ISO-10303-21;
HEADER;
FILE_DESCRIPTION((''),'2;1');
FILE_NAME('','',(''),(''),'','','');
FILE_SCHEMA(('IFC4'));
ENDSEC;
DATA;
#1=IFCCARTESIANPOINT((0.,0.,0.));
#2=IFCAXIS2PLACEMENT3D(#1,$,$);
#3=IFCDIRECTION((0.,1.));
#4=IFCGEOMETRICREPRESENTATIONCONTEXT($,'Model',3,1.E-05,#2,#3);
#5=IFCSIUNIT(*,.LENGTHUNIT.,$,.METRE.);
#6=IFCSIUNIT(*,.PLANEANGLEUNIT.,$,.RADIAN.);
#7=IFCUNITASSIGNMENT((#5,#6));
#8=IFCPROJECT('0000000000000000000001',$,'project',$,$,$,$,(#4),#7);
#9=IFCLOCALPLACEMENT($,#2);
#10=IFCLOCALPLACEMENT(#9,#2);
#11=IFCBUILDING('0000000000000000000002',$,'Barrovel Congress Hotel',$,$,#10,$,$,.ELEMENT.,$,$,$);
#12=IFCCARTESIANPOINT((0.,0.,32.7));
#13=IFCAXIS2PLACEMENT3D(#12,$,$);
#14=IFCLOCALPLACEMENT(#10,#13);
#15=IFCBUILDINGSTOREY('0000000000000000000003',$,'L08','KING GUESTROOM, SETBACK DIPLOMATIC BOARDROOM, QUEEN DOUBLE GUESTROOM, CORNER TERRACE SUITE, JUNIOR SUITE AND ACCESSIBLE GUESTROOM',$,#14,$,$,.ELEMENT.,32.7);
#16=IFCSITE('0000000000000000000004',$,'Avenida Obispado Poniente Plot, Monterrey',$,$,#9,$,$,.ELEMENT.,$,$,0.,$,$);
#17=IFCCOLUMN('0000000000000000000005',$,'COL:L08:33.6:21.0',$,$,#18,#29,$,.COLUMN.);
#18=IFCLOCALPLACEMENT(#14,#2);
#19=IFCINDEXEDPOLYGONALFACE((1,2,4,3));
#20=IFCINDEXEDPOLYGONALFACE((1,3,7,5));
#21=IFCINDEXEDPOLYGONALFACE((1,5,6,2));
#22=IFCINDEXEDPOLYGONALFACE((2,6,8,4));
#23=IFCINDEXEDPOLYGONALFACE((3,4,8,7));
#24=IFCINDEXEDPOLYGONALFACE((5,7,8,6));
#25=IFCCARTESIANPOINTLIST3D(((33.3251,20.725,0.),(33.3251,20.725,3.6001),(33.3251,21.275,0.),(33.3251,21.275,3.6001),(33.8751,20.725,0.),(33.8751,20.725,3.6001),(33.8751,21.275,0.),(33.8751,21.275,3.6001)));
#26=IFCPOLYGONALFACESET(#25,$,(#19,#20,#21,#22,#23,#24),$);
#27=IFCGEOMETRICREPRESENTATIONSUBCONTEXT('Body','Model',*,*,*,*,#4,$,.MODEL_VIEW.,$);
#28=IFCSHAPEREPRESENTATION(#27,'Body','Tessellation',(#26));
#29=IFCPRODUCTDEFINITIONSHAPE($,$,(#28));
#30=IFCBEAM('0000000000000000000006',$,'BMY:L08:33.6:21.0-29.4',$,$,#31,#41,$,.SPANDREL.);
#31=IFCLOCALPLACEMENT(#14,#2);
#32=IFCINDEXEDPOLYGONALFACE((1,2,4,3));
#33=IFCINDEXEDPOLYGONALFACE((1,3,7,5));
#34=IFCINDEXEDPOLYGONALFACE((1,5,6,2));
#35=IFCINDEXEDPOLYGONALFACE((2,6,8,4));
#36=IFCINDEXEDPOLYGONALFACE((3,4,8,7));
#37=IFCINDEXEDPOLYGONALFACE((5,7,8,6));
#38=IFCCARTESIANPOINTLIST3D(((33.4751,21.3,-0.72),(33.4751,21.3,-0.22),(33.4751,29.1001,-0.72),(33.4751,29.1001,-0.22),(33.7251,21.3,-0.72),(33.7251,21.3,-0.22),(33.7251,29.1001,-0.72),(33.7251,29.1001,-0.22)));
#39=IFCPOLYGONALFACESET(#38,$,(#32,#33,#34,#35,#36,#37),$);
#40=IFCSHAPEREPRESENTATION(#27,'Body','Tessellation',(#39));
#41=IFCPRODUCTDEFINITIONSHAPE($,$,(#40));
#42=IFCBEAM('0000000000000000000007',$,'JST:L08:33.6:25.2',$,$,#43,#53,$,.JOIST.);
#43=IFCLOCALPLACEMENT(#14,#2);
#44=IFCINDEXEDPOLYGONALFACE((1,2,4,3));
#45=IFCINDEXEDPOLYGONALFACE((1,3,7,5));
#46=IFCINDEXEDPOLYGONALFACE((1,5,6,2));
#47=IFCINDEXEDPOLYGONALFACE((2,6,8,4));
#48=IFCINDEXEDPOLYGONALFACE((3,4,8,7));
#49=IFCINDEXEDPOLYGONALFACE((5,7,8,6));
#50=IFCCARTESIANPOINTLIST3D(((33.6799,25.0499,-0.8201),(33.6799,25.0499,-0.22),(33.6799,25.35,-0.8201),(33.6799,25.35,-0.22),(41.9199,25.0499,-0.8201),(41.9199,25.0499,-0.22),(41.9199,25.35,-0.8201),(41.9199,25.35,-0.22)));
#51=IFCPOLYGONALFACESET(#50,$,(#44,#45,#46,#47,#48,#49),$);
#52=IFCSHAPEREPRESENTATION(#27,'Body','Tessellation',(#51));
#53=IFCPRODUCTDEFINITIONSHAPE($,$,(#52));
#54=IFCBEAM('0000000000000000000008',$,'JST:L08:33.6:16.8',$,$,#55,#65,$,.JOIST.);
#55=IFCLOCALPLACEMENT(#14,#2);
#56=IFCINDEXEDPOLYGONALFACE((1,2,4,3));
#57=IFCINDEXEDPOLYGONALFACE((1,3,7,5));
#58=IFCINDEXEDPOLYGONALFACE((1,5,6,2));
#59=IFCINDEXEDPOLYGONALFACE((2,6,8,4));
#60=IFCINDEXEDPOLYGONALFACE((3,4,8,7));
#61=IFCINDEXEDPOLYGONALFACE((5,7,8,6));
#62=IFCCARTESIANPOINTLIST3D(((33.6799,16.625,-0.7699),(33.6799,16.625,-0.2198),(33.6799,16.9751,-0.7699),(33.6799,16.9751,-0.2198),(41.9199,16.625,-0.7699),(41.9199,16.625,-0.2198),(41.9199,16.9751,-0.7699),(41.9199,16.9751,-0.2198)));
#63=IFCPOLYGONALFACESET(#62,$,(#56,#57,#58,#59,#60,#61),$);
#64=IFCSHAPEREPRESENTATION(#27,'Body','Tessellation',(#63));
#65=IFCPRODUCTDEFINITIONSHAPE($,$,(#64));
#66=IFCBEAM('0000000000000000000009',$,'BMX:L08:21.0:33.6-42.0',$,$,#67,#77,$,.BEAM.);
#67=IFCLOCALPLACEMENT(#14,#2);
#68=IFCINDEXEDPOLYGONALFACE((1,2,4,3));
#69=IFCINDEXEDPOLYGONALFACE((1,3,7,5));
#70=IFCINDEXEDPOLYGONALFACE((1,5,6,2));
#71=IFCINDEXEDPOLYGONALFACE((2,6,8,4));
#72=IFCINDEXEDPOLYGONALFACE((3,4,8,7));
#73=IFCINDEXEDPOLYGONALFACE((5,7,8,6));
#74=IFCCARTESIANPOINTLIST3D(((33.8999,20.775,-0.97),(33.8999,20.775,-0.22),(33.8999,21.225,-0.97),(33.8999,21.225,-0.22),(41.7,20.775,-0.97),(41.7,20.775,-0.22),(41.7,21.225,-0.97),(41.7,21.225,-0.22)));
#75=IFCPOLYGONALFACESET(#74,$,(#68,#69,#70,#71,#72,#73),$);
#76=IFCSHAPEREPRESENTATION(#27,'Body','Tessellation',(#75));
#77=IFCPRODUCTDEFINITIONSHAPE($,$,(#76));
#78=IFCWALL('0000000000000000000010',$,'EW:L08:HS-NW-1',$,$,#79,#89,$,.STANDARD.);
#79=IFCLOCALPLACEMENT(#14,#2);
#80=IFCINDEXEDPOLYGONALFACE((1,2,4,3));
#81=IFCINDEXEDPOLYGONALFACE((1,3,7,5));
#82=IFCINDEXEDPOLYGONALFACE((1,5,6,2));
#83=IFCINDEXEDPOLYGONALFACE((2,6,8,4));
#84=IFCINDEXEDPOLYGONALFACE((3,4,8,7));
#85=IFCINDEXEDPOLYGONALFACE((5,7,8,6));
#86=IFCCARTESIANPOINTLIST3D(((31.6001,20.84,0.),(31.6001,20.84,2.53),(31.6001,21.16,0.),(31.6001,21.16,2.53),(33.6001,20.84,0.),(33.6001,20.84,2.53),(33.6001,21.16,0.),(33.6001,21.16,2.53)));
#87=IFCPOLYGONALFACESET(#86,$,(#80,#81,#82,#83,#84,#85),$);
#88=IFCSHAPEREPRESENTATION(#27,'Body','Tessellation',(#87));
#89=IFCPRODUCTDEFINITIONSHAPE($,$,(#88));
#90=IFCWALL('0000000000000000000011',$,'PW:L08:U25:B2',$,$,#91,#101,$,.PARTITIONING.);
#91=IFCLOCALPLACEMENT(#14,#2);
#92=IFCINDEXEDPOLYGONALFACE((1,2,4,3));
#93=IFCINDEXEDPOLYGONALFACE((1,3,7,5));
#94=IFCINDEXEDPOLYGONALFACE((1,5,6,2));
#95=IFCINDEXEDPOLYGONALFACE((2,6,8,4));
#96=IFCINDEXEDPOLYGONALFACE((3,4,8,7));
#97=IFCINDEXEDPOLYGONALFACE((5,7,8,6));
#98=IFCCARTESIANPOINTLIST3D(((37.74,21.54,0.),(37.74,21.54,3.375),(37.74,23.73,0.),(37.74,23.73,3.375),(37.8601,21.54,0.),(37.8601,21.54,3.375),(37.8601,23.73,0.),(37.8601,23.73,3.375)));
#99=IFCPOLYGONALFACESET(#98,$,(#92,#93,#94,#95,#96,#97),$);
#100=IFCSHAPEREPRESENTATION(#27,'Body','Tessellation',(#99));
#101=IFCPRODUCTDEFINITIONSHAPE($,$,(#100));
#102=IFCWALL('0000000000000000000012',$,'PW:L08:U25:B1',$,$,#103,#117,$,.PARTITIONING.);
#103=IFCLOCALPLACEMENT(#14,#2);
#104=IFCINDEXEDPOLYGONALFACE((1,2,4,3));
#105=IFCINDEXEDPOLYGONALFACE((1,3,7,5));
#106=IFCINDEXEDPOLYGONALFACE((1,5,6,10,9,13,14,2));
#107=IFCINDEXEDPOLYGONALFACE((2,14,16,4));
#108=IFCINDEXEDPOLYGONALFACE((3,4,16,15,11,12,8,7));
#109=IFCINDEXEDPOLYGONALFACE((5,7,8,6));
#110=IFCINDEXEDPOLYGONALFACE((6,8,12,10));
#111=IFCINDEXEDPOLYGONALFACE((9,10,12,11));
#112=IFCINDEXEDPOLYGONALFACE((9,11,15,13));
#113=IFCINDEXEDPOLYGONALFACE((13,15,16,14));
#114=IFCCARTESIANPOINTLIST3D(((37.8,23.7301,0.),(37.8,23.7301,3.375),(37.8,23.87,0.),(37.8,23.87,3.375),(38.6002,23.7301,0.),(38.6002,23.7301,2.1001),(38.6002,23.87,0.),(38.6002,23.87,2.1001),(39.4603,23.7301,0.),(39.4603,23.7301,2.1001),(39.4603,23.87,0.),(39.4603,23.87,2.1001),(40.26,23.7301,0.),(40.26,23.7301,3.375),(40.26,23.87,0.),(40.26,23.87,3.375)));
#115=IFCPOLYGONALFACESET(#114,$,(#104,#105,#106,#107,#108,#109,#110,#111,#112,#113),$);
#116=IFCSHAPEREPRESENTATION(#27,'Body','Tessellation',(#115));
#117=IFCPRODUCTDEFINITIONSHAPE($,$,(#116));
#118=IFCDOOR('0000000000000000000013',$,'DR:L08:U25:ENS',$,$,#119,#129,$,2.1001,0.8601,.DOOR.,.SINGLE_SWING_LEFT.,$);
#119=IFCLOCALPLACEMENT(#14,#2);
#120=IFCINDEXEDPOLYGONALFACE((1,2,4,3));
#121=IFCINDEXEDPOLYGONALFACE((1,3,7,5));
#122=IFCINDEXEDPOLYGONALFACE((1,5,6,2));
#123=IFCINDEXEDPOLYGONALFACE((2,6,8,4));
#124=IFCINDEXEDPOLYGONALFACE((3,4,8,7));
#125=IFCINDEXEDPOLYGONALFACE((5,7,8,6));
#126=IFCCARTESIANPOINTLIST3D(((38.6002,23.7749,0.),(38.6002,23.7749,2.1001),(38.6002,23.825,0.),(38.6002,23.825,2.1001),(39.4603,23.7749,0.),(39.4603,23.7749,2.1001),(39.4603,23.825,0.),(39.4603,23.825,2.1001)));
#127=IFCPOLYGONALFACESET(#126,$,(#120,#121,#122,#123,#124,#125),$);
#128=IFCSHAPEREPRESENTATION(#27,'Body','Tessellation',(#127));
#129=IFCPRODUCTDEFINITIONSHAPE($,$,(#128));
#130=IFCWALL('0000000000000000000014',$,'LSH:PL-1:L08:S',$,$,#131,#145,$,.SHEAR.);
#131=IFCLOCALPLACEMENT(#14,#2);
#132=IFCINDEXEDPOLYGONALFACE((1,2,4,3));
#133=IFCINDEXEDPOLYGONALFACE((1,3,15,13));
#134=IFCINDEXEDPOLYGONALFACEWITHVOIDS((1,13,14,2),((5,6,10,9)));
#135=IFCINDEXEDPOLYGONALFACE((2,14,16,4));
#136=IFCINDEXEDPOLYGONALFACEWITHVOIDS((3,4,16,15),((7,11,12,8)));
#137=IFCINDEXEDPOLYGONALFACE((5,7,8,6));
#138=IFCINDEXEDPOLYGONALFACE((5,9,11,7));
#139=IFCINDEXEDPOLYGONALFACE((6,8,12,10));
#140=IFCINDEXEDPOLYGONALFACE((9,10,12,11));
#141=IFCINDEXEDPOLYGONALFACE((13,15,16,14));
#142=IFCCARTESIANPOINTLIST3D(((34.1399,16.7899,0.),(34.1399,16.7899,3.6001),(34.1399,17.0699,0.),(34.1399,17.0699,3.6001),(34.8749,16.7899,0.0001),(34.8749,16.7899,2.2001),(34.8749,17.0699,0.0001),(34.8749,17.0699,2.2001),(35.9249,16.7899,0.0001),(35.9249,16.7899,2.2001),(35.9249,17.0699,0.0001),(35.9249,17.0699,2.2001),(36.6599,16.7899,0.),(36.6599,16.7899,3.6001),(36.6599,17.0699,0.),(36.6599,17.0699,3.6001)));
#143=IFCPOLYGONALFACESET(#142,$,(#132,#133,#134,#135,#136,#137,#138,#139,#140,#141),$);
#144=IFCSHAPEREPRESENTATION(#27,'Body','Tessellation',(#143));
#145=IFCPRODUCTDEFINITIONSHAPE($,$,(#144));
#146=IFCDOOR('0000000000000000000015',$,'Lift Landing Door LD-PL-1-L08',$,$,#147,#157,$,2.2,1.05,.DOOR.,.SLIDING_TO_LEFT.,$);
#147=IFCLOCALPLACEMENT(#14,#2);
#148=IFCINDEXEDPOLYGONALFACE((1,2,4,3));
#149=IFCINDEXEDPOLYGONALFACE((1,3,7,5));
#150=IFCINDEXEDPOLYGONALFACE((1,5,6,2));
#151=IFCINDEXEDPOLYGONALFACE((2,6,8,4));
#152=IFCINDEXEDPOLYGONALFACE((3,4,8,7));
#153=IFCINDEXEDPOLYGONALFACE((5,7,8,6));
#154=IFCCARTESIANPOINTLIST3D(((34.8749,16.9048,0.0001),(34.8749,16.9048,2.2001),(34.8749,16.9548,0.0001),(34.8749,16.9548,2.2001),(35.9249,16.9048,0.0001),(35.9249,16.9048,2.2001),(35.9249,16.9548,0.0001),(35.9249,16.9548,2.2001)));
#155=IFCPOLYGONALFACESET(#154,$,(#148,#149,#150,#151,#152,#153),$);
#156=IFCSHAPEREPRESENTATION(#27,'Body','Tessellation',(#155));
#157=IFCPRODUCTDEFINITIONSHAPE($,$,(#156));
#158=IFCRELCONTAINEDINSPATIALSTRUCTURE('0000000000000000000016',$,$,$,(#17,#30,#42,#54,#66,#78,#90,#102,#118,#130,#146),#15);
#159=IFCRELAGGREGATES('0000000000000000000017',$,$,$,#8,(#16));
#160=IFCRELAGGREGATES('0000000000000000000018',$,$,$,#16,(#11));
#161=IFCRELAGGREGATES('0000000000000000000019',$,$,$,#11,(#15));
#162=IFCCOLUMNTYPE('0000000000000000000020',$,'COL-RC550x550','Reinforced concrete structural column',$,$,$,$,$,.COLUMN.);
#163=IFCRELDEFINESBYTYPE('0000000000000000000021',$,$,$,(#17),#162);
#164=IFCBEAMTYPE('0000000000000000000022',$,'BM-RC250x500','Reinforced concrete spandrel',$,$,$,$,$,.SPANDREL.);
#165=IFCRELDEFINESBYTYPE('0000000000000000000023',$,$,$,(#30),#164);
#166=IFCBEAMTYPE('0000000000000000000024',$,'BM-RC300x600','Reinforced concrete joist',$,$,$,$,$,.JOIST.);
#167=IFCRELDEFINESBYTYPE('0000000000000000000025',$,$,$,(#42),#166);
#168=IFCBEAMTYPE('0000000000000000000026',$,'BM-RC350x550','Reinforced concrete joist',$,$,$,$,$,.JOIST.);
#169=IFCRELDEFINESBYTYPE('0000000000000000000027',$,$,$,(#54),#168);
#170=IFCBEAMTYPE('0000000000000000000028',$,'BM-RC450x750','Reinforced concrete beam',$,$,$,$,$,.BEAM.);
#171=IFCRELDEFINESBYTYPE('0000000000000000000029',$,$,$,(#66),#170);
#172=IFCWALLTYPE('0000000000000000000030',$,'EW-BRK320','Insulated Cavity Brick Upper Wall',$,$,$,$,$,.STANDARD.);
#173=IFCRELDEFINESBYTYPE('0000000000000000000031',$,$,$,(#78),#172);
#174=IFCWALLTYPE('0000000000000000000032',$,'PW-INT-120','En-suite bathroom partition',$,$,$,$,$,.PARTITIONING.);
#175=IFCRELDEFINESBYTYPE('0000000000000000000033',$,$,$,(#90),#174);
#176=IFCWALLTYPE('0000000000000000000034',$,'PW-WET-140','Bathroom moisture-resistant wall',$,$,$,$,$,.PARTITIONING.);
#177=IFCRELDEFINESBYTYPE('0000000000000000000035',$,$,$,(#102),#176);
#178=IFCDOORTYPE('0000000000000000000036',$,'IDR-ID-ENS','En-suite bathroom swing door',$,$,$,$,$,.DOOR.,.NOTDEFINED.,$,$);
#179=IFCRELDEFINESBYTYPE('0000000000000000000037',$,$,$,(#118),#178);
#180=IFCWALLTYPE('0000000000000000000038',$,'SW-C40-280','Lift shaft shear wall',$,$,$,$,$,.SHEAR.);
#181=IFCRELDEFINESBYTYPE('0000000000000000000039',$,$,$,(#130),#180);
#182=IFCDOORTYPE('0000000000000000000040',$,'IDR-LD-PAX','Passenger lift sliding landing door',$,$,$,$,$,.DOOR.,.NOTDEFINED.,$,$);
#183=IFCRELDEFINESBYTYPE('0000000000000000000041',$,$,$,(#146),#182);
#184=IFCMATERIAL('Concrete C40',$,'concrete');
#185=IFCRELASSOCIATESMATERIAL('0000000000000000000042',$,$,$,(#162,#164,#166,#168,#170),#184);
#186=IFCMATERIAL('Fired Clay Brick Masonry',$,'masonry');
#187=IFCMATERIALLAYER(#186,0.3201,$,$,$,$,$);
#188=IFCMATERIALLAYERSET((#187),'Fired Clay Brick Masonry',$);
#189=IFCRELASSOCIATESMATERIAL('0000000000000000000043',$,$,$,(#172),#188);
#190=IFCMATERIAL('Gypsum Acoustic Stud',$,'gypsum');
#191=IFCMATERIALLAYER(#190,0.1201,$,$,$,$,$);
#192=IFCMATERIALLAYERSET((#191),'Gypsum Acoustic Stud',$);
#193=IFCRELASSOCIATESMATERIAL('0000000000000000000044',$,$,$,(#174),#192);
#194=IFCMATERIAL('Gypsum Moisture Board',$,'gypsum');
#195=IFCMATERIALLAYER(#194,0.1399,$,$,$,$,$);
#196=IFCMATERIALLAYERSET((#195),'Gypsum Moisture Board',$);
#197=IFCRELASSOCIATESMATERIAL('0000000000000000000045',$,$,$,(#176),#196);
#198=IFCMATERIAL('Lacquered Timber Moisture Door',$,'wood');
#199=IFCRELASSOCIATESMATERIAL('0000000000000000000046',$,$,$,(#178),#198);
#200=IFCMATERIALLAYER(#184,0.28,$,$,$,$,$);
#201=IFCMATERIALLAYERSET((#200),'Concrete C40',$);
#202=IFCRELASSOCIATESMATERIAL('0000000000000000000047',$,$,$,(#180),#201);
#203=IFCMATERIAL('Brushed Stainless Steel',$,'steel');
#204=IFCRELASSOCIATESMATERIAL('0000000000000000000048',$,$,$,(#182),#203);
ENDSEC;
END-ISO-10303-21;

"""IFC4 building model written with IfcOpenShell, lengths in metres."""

from ifc_helpers import new_model, si_unit, direction, frame, frame_2d, origin, origin_2d, place, context, subcontext, project, spatial, rectangle, extrude, material, layer, layer_set, material_profile, profile_set, type_object, element, fill, save


model = new_model("IFC4")

# Units and contexts
model_context = context("Model", 3, precision=1e-05, world=origin(), true_north=direction((0.0, 1.0)))
body_context = subcontext(model_context, "Body", "Model", "MODEL_VIEW")
ifc_project = project(units=[si_unit("LENGTHUNIT", "METRE"), si_unit("PLANEANGLEUNIT", "RADIAN")], contexts=[model_context])

# Site, building, storey
site_placement = place(None, origin())
site = spatial("IfcSite", under=ifc_project, at=site_placement, Name="Avenida Obispado Poniente Plot, Monterrey", CompositionType="ELEMENT", RefElevation=0.0)
building_placement = place(site_placement, origin())
building = spatial("IfcBuilding", under=site, at=building_placement, Name="Barrovel Congress Hotel", CompositionType="ELEMENT")
storey_placement = place(building_placement, frame((0.0, 0.0, 32.7)))
storey = spatial("IfcBuildingStorey", under=building, at=storey_placement, Name="L08", Description="KING GUESTROOM, SETBACK DIPLOMATIC BOARDROOM, QUEEN DOUBLE GUESTROOM, CORNER TERRACE SUITE, JUNIOR SUITE AND ACCESSIBLE GUESTROOM", CompositionType="ELEMENT", Elevation=32.7)

# Column
ifc_material_1 = material(Name="Concrete C40", Category="concrete")
ifc_material_profile_1 = material_profile(ifc_material_1, rectangle(XDim=0.55, YDim=0.55, at=origin_2d()), Name="RC550x550")
ifc_profile_set_1 = profile_set([ifc_material_profile_1], Name="Concrete C40")
column_type = type_object("IfcColumnType", Name="COL-RC550x550", Description="Reinforced concrete structural column", PredefinedType="COLUMN", material=ifc_profile_set_1)
column_placement = place(storey_placement, frame((33.6001, 21.0, 0.0), z_axis=(0.0, 0.0, 1.0), x_axis=(1.0, 0.0, 0.0)))
element("IfcColumn", 1, at=column_placement, inside=storey, type_object=column_type, Name="COL:L08:33.6:21.0", PredefinedType="COLUMN", context=body_context, shape_type="SweptSolid", body=[
    extrude(rectangle(XDim=0.55, YDim=0.55, at=origin_2d()), origin(), (0.0, 0.0, 1.0), 3.6001),
])

# Beams
ifc_material_profile_2 = material_profile(ifc_material_1, rectangle(XDim=0.25, YDim=0.5, at=origin_2d()), Name="RC250x500")
ifc_profile_set_2 = profile_set([ifc_material_profile_2], Name="Concrete C40")
beam_type_1 = type_object("IfcBeamType", Name="BM-RC250x500", Description="Reinforced concrete spandrel", PredefinedType="SPANDREL", material=ifc_profile_set_2)
beam_1_placement = place(storey_placement, frame((33.6001, 21.3, -0.47), z_axis=(0.0, 1.0, 0.0), x_axis=(-1.0, 0.0, 0.0)))
element("IfcBeam", 2, at=beam_1_placement, inside=storey, type_object=beam_type_1, Name="BMY:L08:33.6:21.0-29.4", PredefinedType="SPANDREL", context=body_context, shape_type="SweptSolid", body=[
    extrude(rectangle(XDim=0.25, YDim=0.5, at=origin_2d()), origin(), (0.0, 0.0, 1.0), 7.8),
])
ifc_material_profile_3 = material_profile(ifc_material_1, rectangle(XDim=0.3, YDim=0.6001, at=origin_2d()), Name="RC300x600")
ifc_profile_set_3 = profile_set([ifc_material_profile_3], Name="Concrete C40")
beam_type_2 = type_object("IfcBeamType", Name="BM-RC300x600", Description="Reinforced concrete joist", PredefinedType="JOIST", material=ifc_profile_set_3)
beam_2_placement = place(storey_placement, frame((33.6799, 25.2, -0.52), z_axis=(1.0, 0.0, 0.0), x_axis=(0.0, 1.0, 0.0)))
element("IfcBeam", 3, at=beam_2_placement, inside=storey, type_object=beam_type_2, Name="JST:L08:33.6:25.2", PredefinedType="JOIST", context=body_context, shape_type="SweptSolid", body=[
    extrude(rectangle(XDim=0.3, YDim=0.6001, at=origin_2d()), origin(), (0.0, 0.0, 1.0), 8.24),
])
ifc_material_profile_4 = material_profile(ifc_material_1, rectangle(XDim=0.3501, YDim=0.55, at=origin_2d()), Name="RC350x550")
ifc_profile_set_4 = profile_set([ifc_material_profile_4], Name="Concrete C40")
beam_type_3 = type_object("IfcBeamType", Name="BM-RC350x550", Description="Reinforced concrete joist", PredefinedType="JOIST", material=ifc_profile_set_4)
beam_3_placement = place(storey_placement, frame((33.6799, 16.8, -0.4949), z_axis=(1.0, 0.0, 0.0), x_axis=(0.0, 1.0, 0.0)))
element("IfcBeam", 4, at=beam_3_placement, inside=storey, type_object=beam_type_3, Name="JST:L08:33.6:16.8", PredefinedType="JOIST", context=body_context, shape_type="SweptSolid", body=[
    extrude(rectangle(XDim=0.3501, YDim=0.55, at=origin_2d()), origin(), (0.0, 0.0, 1.0), 8.24),
])
ifc_material_profile_5 = material_profile(ifc_material_1, rectangle(XDim=0.45, YDim=0.75, at=origin_2d()), Name="RC450x750")
ifc_profile_set_5 = profile_set([ifc_material_profile_5], Name="Concrete C40")
beam_type_4 = type_object("IfcBeamType", Name="BM-RC450x750", Description="Reinforced concrete beam", PredefinedType="BEAM", material=ifc_profile_set_5)
beam_4_placement = place(storey_placement, frame((33.8999, 21.0, -0.595), z_axis=(1.0, 0.0, 0.0), x_axis=(0.0, 1.0, 0.0)))
element("IfcBeam", 5, at=beam_4_placement, inside=storey, type_object=beam_type_4, Name="BMX:L08:21.0:33.6-42.0", PredefinedType="BEAM", context=body_context, shape_type="SweptSolid", body=[
    extrude(rectangle(XDim=0.45, YDim=0.75, at=origin_2d()), origin(), (0.0, 0.0, 1.0), 7.8),
])

# Walls
ifc_material_2 = material(Name="Fired Clay Brick Masonry", Category="masonry")
ifc_layer_1 = layer(ifc_material_2, 0.3201)
ifc_layer_set_1 = layer_set([ifc_layer_1], Name="Fired Clay Brick Masonry")
wall_type_1 = type_object("IfcWallType", Name="EW-BRK320", Description="Insulated Cavity Brick Upper Wall", PredefinedType="STANDARD", material=ifc_layer_set_1)
wall_1_placement = place(storey_placement, frame((33.6001, 21.0, 0.0), z_axis=(0.0, 0.0, 1.0), x_axis=(-1.0, 0.0, 0.0)))
element("IfcWall", 6, at=wall_1_placement, inside=storey, type_object=wall_type_1, Name="EW:L08:HS-NW-1", PredefinedType="STANDARD", context=body_context, shape_type="SweptSolid", body=[
    extrude(rectangle(XDim=2.0, YDim=0.3201, at=frame_2d((1.0, 0.0))), origin(), (0.0, 0.0, 1.0), 2.53),
])
ifc_material_3 = material(Name="Gypsum Acoustic Stud", Category="gypsum")
ifc_layer_2 = layer(ifc_material_3, 0.1201)
ifc_layer_set_2 = layer_set([ifc_layer_2], Name="Gypsum Acoustic Stud")
wall_type_2 = type_object("IfcWallType", Name="PW-INT-120", Description="En-suite bathroom partition", PredefinedType="PARTITIONING", material=ifc_layer_set_2)
wall_2_placement = place(storey_placement, frame((37.8, 21.54, 0.0), z_axis=(0.0, 0.0, 1.0), x_axis=(0.0, 1.0, 0.0)))
element("IfcWall", 7, at=wall_2_placement, inside=storey, type_object=wall_type_2, Name="PW:L08:U25:B2", PredefinedType="PARTITIONING", context=body_context, shape_type="SweptSolid", body=[
    extrude(rectangle(XDim=2.1899, YDim=0.1201, at=frame_2d((1.095, 0.0))), origin(), (0.0, 0.0, 1.0), 3.375),
])

# Walls, openings, doors
ifc_material_4 = material(Name="Gypsum Moisture Board", Category="gypsum")
ifc_layer_3 = layer(ifc_material_4, 0.1399)
ifc_layer_set_3 = layer_set([ifc_layer_3], Name="Gypsum Moisture Board")
wall_type_3 = type_object("IfcWallType", Name="PW-WET-140", Description="Bathroom moisture-resistant wall", PredefinedType="PARTITIONING", material=ifc_layer_set_3)
wall_3_placement = place(storey_placement, frame((37.8, 23.8, 0.0), z_axis=(0.0, 0.0, 1.0), x_axis=(1.0, 0.0, 0.0)))
wall_3 = element("IfcWall", 8, at=wall_3_placement, inside=storey, type_object=wall_type_3, Name="PW:L08:U25:B1", PredefinedType="PARTITIONING", context=body_context, shape_type="SweptSolid", body=[
    extrude(rectangle(XDim=2.46, YDim=0.1399, at=frame_2d((1.23, 0.0))), origin(), (0.0, 0.0, 1.0), 3.375),
])
opening_1_placement = place(wall_3_placement, frame((0.8, 0.0, 0.0)))
opening_1 = element("IfcOpeningElement", 9, at=opening_1_placement, cuts=wall_3, PredefinedType="OPENING", context=body_context, shape_type="SweptSolid", body=[
    extrude(rectangle(XDim=0.8601, YDim=2.1001, at=frame_2d((0.4302, 1.05))), frame((0.0, 0.0801, 0.0), z_axis=(0.0, -1.0, 0.0), x_axis=(1.0, 0.0, 0.0)), (0.0, 0.0, 1.0), 0.1599),
])
ifc_material_5 = material(Name="Lacquered Timber Moisture Door", Category="wood")
door_type_1 = type_object("IfcDoorType", Name="IDR-ID-ENS", Description="En-suite bathroom swing door", OperationType="NOTDEFINED", PredefinedType="DOOR", material=ifc_material_5)
door_1_placement = place(opening_1_placement, origin())
door_1 = element("IfcDoor", 10, at=door_1_placement, inside=storey, type_object=door_type_1, Name="DR:L08:U25:ENS", OperationType="SINGLE_SWING_LEFT", OverallHeight=2.1001, OverallWidth=0.8601, PredefinedType="DOOR", context=body_context, shape_type="SweptSolid", body=[
    extrude(rectangle(XDim=0.8601, YDim=2.1001, at=frame_2d((0.4302, 1.05))), frame((0.0, 0.0249, 0.0), z_axis=(0.0, -1.0, 0.0), x_axis=(1.0, 0.0, 0.0)), (0.0, 0.0, 1.0), 0.05),
])
fill(opening_1, door_1)
ifc_layer_4 = layer(ifc_material_1, 0.28)
ifc_layer_set_4 = layer_set([ifc_layer_4], Name="Concrete C40")
wall_type_4 = type_object("IfcWallType", Name="SW-C40-280", Description="Lift shaft shear wall", PredefinedType="SHEAR", material=ifc_layer_set_4)
wall_4_placement = place(storey_placement, frame((34.1399, 16.9299, 0.0), z_axis=(0.0, 0.0, 1.0), x_axis=(1.0, 0.0, 0.0)))
wall_4 = element("IfcWall", 11, at=wall_4_placement, inside=storey, type_object=wall_type_4, Name="LSH:PL-1:L08:S", PredefinedType="SHEAR", context=body_context, shape_type="SweptSolid", body=[
    extrude(rectangle(XDim=2.52, YDim=0.28, at=frame_2d((1.26, 0.0))), origin(), (0.0, 0.0, 1.0), 3.6001),
])
opening_2_placement = place(wall_4_placement, frame((0.7351, 0.0, 0.0)))
opening_2 = element("IfcOpeningElement", 12, at=opening_2_placement, cuts=wall_4, PredefinedType="OPENING", context=body_context, shape_type="SweptSolid", body=[
    extrude(rectangle(XDim=1.05, YDim=2.2, at=frame_2d((0.5249, 1.1001))), frame((0.0, 0.1499, 0.0), z_axis=(0.0, -1.0, 0.0), x_axis=(1.0, 0.0, 0.0)), (0.0, 0.0, 1.0), 0.3),
])
ifc_material_6 = material(Name="Brushed Stainless Steel", Category="steel")
door_type_2 = type_object("IfcDoorType", Name="IDR-LD-PAX", Description="Passenger lift sliding landing door", OperationType="NOTDEFINED", PredefinedType="DOOR", material=ifc_material_6)
door_2_placement = place(opening_2_placement, origin())
door_2 = element("IfcDoor", 13, at=door_2_placement, inside=storey, type_object=door_type_2, Name="Lift Landing Door LD-PL-1-L08", OperationType="SLIDING_TO_LEFT", OverallHeight=2.2, OverallWidth=1.05, PredefinedType="DOOR", context=body_context, shape_type="SweptSolid", body=[
    extrude(rectangle(XDim=1.05, YDim=2.2, at=frame_2d((0.5249, 1.1001))), frame((0.0, 0.0249, 0.0), z_axis=(0.0, -1.0, 0.0), x_axis=(1.0, 0.0, 0.0)), (0.0, 0.0, 1.0), 0.05),
])
fill(opening_2, door_2)

save(model, "model.ifc")
